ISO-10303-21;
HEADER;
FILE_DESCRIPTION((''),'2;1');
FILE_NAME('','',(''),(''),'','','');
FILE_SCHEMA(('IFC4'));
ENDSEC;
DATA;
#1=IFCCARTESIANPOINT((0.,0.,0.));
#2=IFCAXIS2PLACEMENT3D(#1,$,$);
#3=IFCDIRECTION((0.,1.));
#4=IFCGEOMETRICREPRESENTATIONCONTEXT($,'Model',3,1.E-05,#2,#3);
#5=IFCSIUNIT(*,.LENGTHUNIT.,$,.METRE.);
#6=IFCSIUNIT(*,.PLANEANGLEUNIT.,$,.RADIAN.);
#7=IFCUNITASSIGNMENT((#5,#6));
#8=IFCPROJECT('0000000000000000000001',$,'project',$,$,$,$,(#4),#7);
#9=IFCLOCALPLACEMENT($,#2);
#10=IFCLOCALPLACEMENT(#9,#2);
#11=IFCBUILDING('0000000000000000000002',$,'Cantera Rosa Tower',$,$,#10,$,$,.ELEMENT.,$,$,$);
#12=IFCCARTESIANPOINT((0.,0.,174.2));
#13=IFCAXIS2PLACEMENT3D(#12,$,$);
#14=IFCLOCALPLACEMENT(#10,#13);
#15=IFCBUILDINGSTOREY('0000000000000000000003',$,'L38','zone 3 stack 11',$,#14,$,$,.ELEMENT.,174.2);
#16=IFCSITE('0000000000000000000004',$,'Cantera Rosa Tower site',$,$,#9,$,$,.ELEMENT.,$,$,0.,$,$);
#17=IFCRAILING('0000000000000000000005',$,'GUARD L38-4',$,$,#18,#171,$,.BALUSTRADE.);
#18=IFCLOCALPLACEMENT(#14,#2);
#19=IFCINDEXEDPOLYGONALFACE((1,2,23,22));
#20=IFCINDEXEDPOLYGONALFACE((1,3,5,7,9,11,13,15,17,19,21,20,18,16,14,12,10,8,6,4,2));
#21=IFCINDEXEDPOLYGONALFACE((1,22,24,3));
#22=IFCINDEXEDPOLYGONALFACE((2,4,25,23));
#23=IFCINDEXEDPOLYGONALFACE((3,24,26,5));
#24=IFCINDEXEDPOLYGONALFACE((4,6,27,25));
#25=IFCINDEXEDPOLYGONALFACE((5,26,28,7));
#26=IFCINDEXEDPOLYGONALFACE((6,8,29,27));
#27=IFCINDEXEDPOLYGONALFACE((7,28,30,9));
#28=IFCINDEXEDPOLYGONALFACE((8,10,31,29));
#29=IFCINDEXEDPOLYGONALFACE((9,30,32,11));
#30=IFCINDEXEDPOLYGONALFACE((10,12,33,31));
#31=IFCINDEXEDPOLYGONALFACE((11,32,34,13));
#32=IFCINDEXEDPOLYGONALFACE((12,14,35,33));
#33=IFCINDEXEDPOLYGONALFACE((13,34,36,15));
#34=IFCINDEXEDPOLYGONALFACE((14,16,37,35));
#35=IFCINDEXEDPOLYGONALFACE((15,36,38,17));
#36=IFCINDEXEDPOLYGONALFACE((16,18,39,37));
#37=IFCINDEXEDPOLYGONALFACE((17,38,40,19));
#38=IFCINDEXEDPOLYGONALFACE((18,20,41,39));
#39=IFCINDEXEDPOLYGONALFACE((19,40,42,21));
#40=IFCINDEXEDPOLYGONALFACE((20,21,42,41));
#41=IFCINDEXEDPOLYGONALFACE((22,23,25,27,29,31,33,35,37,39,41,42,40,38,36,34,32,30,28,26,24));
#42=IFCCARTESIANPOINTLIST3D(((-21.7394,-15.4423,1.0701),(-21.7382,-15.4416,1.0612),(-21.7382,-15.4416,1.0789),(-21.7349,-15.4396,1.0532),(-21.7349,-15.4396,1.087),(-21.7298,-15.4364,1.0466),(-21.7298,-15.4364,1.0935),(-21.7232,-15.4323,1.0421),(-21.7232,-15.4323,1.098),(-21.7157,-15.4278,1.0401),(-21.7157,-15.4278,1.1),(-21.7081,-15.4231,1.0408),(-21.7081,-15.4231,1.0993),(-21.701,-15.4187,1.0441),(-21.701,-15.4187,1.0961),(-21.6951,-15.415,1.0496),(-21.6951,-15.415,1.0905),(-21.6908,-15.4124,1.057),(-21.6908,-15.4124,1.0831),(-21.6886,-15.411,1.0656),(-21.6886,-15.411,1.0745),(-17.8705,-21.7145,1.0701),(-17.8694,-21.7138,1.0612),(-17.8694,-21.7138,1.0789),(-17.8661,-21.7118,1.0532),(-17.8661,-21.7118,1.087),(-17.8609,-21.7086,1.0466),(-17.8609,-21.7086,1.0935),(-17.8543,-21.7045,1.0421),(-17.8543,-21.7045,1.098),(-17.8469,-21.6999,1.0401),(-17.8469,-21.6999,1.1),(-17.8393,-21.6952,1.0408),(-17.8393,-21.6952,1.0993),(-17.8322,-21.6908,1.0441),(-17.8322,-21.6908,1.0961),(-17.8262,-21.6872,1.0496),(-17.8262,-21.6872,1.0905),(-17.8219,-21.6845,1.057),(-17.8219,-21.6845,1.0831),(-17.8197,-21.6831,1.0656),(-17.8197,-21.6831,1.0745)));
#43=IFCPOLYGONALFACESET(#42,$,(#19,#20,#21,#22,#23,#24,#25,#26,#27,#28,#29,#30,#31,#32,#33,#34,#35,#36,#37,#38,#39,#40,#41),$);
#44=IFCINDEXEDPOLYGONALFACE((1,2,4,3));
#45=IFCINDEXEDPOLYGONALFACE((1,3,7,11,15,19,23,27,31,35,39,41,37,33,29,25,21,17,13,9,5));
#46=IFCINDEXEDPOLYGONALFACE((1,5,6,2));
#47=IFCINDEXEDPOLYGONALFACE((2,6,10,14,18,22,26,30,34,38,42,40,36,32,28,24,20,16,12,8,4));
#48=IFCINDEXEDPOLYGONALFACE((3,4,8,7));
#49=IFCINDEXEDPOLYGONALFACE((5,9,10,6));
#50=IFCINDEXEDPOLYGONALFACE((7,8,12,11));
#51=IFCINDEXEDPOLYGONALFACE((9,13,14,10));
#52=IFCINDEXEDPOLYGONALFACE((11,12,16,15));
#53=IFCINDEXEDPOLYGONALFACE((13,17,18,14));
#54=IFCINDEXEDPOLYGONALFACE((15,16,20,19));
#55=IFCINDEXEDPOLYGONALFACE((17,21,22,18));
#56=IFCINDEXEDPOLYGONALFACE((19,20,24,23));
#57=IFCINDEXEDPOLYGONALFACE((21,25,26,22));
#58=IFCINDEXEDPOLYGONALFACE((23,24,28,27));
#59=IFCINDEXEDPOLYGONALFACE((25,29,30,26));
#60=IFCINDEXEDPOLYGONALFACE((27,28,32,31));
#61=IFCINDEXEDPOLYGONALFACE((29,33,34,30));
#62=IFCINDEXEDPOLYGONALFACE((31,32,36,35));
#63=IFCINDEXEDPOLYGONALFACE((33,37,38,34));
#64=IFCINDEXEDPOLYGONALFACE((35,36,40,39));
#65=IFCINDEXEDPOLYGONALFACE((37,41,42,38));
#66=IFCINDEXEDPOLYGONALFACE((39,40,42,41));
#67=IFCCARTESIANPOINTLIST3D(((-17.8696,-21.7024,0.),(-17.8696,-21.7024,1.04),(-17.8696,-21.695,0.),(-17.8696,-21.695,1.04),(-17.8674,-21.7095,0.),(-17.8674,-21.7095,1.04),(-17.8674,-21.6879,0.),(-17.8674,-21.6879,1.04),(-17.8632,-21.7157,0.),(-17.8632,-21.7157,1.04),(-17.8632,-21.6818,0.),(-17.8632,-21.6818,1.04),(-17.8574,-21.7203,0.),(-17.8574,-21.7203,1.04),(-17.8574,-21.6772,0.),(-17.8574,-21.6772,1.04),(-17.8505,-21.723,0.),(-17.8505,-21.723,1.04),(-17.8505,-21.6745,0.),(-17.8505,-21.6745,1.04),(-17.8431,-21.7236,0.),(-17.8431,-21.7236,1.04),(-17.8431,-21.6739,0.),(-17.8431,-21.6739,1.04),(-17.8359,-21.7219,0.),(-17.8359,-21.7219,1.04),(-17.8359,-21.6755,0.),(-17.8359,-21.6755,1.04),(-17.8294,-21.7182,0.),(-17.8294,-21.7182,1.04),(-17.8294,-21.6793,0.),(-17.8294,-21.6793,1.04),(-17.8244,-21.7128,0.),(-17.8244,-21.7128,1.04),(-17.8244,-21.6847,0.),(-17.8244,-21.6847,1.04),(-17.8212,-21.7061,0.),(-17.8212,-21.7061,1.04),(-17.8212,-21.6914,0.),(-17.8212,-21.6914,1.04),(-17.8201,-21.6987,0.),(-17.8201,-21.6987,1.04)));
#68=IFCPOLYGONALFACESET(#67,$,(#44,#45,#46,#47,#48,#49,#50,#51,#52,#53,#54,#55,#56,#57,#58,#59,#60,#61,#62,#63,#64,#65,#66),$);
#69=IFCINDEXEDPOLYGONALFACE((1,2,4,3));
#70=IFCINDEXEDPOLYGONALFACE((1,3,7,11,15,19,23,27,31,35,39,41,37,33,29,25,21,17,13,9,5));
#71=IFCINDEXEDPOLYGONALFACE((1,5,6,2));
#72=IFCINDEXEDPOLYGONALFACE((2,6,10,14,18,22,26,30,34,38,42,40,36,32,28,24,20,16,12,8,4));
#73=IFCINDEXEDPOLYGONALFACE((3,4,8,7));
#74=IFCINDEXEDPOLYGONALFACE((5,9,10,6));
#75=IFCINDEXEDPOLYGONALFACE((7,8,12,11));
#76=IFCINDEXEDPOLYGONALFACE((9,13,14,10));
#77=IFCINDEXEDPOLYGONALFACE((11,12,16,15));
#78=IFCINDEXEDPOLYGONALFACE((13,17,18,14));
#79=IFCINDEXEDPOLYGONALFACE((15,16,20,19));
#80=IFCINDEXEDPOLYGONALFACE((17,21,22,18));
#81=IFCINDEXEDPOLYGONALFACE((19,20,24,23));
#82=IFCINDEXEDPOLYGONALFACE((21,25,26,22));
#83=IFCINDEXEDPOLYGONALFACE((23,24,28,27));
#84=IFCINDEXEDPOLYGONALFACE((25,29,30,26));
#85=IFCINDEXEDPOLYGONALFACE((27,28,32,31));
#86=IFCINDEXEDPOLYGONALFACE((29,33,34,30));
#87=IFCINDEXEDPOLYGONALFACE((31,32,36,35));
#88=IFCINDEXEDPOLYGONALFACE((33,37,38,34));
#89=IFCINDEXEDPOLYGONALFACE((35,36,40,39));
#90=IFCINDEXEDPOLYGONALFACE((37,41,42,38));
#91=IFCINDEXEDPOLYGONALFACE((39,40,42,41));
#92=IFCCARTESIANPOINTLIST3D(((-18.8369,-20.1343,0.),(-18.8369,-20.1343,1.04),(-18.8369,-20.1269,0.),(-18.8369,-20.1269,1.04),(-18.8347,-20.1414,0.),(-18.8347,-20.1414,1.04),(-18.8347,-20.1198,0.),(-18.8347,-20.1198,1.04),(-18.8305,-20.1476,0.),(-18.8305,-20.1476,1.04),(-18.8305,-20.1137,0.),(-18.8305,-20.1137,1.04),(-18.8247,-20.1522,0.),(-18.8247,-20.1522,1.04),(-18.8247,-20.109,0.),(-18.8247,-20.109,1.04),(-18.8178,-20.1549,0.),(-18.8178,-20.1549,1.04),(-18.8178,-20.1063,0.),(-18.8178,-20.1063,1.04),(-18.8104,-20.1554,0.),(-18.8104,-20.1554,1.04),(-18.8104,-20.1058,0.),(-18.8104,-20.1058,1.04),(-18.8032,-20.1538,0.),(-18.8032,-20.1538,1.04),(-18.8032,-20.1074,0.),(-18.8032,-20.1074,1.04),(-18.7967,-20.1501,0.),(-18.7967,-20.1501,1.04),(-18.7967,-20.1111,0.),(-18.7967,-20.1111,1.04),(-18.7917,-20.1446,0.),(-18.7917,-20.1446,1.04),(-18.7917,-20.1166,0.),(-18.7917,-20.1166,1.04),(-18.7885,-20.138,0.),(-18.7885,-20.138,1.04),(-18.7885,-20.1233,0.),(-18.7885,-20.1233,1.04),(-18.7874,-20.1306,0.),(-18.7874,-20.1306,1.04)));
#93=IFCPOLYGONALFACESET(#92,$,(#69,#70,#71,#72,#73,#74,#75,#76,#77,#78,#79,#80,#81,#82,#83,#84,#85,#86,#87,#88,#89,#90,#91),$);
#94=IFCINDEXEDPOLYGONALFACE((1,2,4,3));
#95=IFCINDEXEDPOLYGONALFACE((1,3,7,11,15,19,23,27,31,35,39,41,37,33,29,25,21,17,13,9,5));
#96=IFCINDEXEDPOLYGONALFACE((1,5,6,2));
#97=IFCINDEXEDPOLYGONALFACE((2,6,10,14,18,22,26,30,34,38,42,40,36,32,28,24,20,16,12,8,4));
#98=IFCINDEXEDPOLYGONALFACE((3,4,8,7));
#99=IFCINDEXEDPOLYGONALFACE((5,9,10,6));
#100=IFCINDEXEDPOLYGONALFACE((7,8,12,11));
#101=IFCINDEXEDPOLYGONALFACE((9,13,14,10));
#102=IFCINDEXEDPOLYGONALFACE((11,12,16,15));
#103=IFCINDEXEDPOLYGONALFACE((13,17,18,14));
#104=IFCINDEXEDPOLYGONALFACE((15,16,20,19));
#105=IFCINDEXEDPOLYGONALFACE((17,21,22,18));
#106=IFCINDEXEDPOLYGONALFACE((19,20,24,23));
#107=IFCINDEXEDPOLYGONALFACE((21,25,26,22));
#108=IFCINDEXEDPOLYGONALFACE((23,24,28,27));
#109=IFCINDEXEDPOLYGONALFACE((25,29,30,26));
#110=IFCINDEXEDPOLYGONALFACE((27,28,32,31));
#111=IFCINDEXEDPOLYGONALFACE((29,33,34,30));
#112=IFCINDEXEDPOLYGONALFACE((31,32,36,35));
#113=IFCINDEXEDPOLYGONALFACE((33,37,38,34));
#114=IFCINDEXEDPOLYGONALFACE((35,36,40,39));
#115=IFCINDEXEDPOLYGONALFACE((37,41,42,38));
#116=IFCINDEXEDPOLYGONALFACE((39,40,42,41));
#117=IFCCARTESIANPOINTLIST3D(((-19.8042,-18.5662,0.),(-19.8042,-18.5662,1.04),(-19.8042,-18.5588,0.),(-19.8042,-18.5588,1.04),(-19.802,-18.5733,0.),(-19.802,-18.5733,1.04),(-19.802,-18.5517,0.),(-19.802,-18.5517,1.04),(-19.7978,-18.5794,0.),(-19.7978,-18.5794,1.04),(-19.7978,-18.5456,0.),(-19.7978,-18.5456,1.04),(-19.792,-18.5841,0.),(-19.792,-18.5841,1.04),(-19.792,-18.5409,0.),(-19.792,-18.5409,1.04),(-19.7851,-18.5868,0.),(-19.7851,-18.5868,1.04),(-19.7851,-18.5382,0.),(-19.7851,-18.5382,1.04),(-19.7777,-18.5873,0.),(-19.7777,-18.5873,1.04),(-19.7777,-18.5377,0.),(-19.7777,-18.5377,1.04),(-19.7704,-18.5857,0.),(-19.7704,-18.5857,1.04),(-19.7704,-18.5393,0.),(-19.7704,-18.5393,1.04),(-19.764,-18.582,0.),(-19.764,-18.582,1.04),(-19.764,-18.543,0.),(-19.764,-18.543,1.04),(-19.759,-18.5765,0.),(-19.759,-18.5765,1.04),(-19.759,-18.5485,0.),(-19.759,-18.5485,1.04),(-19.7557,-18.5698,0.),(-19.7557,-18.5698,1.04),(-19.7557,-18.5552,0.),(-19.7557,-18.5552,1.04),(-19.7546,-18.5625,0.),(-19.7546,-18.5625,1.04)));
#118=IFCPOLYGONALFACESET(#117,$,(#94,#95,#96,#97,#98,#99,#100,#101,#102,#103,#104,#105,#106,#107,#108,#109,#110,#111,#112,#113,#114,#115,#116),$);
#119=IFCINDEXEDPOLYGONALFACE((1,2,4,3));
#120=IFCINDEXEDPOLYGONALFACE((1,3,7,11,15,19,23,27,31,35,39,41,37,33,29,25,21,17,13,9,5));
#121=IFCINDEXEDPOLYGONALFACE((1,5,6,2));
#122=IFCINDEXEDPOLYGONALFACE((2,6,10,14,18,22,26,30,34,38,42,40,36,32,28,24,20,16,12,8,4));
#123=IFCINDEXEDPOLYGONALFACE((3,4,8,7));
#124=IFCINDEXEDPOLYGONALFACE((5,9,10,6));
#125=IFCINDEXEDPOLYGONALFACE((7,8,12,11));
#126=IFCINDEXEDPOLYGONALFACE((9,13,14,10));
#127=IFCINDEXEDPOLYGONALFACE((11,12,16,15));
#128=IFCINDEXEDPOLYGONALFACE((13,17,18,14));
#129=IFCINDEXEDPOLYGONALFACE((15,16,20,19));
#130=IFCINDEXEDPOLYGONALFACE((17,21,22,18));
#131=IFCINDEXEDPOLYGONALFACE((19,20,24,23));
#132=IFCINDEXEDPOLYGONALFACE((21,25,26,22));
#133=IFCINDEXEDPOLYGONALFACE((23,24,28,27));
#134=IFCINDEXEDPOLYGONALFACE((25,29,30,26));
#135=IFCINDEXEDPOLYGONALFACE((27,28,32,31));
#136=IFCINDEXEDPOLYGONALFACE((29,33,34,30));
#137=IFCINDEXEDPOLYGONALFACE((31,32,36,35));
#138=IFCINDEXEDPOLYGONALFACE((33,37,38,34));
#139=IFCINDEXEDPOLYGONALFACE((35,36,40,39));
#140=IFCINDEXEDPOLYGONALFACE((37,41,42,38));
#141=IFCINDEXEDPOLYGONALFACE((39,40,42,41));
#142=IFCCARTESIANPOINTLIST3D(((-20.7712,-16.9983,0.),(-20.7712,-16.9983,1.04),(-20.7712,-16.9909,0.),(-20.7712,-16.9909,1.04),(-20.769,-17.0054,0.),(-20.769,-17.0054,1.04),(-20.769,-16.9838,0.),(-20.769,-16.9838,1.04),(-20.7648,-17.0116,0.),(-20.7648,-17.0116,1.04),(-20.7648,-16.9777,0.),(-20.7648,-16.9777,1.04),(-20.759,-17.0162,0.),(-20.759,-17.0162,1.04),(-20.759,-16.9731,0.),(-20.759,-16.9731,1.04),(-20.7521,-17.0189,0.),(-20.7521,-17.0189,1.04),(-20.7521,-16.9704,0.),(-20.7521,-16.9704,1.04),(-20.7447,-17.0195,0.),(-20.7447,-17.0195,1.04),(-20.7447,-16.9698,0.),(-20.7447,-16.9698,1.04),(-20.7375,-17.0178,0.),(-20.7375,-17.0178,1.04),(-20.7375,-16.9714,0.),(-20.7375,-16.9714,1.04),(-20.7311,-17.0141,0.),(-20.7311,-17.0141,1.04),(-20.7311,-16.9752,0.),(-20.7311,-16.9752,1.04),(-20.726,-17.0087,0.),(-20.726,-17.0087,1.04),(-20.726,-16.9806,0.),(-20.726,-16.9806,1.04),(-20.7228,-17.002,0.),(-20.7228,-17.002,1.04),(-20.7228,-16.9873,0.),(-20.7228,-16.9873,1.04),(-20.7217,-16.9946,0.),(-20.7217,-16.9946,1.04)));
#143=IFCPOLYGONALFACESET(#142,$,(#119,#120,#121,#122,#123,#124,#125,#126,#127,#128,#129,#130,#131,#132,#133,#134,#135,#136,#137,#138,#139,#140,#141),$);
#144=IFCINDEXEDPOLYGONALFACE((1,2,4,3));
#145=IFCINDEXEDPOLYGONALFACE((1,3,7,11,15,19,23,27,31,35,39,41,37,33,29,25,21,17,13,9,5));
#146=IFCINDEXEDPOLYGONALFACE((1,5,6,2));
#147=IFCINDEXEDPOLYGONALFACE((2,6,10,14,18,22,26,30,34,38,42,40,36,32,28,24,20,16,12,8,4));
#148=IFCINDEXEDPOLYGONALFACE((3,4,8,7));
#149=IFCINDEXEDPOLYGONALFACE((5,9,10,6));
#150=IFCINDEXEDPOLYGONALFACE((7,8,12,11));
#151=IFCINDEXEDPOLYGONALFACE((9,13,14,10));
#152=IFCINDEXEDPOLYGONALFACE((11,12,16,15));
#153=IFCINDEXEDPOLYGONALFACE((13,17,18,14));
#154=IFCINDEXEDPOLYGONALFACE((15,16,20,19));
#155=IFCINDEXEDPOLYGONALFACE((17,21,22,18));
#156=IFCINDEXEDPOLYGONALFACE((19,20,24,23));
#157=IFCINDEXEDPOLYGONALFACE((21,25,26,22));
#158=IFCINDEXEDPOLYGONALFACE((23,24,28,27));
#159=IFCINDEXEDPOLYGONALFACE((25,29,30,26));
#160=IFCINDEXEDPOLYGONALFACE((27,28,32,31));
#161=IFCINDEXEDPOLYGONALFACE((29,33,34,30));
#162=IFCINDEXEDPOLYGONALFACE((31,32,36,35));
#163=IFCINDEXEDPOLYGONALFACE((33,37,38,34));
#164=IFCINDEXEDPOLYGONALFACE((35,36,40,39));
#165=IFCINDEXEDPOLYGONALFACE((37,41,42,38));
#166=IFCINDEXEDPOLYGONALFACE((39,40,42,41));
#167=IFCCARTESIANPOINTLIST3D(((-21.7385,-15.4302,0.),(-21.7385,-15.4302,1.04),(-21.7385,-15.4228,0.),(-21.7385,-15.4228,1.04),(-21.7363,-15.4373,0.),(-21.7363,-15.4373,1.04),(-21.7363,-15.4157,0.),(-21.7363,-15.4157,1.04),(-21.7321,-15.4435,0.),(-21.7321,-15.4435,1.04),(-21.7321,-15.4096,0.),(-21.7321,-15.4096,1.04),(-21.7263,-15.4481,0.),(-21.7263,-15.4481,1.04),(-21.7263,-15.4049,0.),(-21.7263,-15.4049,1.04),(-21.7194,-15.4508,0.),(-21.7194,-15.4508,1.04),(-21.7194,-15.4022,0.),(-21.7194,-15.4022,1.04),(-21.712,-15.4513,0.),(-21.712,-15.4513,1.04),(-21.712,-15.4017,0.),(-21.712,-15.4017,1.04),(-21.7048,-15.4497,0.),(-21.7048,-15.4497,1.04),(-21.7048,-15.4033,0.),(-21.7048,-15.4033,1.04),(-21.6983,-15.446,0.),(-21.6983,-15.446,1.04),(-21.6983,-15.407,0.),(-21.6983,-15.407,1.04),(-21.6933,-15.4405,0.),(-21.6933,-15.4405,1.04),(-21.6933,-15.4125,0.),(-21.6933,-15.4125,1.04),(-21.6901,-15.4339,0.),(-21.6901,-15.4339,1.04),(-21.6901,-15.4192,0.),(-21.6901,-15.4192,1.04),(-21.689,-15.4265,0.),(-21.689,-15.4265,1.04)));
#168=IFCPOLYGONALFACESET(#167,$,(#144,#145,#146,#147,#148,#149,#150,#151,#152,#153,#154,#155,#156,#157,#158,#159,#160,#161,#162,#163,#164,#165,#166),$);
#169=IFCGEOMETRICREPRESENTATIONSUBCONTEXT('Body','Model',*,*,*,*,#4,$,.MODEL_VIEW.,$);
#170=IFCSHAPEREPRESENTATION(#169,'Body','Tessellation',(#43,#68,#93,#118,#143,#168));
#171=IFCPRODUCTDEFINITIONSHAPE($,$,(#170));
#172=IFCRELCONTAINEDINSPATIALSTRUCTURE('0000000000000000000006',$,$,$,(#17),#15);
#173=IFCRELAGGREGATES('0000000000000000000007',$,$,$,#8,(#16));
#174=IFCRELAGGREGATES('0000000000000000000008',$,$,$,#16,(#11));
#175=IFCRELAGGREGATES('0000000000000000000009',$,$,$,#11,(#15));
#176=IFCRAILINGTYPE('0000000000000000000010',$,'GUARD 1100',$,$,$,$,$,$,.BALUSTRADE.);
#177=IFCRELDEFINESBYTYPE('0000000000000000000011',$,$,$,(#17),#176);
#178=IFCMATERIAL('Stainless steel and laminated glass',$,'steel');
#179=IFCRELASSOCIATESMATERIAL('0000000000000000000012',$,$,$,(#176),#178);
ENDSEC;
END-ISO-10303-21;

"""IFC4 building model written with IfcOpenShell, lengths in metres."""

from ifc_helpers import new_model, si_unit, direction, frame, origin, origin_2d, place, context, subcontext, project, spatial, circle, extrude, material, type_object, element, save


model = new_model("IFC4")

# Units and contexts
model_context = context("Model", 3, precision=1e-05, world=origin(), true_north=direction((0.0, 1.0)))
body_context = subcontext(model_context, "Body", "Model", "MODEL_VIEW")
ifc_project = project(units=[si_unit("LENGTHUNIT", "METRE"), si_unit("PLANEANGLEUNIT", "RADIAN")], contexts=[model_context])

# Site, building, storey
site_placement = place(None, origin())
site = spatial("IfcSite", under=ifc_project, at=site_placement, Name="Cantera Rosa Tower site", CompositionType="ELEMENT", RefElevation=0.0)
building_placement = place(site_placement, origin())
building = spatial("IfcBuilding", under=site, at=building_placement, Name="Cantera Rosa Tower", CompositionType="ELEMENT")
storey_placement = place(building_placement, frame((0.0, 0.0, 174.2)))
storey = spatial("IfcBuildingStorey", under=building, at=storey_placement, Name="L38", Description="zone 3 stack 11", CompositionType="ELEMENT", Elevation=174.2)

# Railing
ifc_material_1 = material(Name="Stainless steel and laminated glass", Category="steel")
railing_type = type_object("IfcRailingType", Name="GUARD 1100", PredefinedType="BALUSTRADE", material=ifc_material_1)
railing_1_placement = place(storey_placement, frame((-17.845, -21.6987, 0.0)))
element("IfcRailing", 1, at=railing_1_placement, inside=storey, type_object=railing_type, Name="GUARD L38-4", PredefinedType="BALUSTRADE", context=body_context, shape_type="SweptSolid", body=[
    extrude(circle(Radius=0.03, at=origin_2d()), frame((0.0, 0.0, 1.0701), z_axis=(-0.52499, 0.851108, 0.0), x_axis=(-0.851108, -0.52499, 0.0)), (0.0, 0.0, 1.0), 7.3694),
    extrude(circle(Radius=0.0249, at=origin_2d()), origin(), (0.0, 0.0, 1.0), 1.04),
    extrude(circle(Radius=0.0249, at=origin_2d()), frame((-0.9673, 1.5681, 0.0)), (0.0, 0.0, 1.0), 1.04),
    extrude(circle(Radius=0.0249, at=origin_2d()), frame((-1.9346, 3.1362, 0.0)), (0.0, 0.0, 1.0), 1.04),
    extrude(circle(Radius=0.0249, at=origin_2d()), frame((-2.9016, 4.7041, 0.0)), (0.0, 0.0, 1.0), 1.04),
    extrude(circle(Radius=0.0249, at=origin_2d()), frame((-3.8689, 6.2722, 0.0)), (0.0, 0.0, 1.0), 1.04),
])

save(model, "model.ifc")
